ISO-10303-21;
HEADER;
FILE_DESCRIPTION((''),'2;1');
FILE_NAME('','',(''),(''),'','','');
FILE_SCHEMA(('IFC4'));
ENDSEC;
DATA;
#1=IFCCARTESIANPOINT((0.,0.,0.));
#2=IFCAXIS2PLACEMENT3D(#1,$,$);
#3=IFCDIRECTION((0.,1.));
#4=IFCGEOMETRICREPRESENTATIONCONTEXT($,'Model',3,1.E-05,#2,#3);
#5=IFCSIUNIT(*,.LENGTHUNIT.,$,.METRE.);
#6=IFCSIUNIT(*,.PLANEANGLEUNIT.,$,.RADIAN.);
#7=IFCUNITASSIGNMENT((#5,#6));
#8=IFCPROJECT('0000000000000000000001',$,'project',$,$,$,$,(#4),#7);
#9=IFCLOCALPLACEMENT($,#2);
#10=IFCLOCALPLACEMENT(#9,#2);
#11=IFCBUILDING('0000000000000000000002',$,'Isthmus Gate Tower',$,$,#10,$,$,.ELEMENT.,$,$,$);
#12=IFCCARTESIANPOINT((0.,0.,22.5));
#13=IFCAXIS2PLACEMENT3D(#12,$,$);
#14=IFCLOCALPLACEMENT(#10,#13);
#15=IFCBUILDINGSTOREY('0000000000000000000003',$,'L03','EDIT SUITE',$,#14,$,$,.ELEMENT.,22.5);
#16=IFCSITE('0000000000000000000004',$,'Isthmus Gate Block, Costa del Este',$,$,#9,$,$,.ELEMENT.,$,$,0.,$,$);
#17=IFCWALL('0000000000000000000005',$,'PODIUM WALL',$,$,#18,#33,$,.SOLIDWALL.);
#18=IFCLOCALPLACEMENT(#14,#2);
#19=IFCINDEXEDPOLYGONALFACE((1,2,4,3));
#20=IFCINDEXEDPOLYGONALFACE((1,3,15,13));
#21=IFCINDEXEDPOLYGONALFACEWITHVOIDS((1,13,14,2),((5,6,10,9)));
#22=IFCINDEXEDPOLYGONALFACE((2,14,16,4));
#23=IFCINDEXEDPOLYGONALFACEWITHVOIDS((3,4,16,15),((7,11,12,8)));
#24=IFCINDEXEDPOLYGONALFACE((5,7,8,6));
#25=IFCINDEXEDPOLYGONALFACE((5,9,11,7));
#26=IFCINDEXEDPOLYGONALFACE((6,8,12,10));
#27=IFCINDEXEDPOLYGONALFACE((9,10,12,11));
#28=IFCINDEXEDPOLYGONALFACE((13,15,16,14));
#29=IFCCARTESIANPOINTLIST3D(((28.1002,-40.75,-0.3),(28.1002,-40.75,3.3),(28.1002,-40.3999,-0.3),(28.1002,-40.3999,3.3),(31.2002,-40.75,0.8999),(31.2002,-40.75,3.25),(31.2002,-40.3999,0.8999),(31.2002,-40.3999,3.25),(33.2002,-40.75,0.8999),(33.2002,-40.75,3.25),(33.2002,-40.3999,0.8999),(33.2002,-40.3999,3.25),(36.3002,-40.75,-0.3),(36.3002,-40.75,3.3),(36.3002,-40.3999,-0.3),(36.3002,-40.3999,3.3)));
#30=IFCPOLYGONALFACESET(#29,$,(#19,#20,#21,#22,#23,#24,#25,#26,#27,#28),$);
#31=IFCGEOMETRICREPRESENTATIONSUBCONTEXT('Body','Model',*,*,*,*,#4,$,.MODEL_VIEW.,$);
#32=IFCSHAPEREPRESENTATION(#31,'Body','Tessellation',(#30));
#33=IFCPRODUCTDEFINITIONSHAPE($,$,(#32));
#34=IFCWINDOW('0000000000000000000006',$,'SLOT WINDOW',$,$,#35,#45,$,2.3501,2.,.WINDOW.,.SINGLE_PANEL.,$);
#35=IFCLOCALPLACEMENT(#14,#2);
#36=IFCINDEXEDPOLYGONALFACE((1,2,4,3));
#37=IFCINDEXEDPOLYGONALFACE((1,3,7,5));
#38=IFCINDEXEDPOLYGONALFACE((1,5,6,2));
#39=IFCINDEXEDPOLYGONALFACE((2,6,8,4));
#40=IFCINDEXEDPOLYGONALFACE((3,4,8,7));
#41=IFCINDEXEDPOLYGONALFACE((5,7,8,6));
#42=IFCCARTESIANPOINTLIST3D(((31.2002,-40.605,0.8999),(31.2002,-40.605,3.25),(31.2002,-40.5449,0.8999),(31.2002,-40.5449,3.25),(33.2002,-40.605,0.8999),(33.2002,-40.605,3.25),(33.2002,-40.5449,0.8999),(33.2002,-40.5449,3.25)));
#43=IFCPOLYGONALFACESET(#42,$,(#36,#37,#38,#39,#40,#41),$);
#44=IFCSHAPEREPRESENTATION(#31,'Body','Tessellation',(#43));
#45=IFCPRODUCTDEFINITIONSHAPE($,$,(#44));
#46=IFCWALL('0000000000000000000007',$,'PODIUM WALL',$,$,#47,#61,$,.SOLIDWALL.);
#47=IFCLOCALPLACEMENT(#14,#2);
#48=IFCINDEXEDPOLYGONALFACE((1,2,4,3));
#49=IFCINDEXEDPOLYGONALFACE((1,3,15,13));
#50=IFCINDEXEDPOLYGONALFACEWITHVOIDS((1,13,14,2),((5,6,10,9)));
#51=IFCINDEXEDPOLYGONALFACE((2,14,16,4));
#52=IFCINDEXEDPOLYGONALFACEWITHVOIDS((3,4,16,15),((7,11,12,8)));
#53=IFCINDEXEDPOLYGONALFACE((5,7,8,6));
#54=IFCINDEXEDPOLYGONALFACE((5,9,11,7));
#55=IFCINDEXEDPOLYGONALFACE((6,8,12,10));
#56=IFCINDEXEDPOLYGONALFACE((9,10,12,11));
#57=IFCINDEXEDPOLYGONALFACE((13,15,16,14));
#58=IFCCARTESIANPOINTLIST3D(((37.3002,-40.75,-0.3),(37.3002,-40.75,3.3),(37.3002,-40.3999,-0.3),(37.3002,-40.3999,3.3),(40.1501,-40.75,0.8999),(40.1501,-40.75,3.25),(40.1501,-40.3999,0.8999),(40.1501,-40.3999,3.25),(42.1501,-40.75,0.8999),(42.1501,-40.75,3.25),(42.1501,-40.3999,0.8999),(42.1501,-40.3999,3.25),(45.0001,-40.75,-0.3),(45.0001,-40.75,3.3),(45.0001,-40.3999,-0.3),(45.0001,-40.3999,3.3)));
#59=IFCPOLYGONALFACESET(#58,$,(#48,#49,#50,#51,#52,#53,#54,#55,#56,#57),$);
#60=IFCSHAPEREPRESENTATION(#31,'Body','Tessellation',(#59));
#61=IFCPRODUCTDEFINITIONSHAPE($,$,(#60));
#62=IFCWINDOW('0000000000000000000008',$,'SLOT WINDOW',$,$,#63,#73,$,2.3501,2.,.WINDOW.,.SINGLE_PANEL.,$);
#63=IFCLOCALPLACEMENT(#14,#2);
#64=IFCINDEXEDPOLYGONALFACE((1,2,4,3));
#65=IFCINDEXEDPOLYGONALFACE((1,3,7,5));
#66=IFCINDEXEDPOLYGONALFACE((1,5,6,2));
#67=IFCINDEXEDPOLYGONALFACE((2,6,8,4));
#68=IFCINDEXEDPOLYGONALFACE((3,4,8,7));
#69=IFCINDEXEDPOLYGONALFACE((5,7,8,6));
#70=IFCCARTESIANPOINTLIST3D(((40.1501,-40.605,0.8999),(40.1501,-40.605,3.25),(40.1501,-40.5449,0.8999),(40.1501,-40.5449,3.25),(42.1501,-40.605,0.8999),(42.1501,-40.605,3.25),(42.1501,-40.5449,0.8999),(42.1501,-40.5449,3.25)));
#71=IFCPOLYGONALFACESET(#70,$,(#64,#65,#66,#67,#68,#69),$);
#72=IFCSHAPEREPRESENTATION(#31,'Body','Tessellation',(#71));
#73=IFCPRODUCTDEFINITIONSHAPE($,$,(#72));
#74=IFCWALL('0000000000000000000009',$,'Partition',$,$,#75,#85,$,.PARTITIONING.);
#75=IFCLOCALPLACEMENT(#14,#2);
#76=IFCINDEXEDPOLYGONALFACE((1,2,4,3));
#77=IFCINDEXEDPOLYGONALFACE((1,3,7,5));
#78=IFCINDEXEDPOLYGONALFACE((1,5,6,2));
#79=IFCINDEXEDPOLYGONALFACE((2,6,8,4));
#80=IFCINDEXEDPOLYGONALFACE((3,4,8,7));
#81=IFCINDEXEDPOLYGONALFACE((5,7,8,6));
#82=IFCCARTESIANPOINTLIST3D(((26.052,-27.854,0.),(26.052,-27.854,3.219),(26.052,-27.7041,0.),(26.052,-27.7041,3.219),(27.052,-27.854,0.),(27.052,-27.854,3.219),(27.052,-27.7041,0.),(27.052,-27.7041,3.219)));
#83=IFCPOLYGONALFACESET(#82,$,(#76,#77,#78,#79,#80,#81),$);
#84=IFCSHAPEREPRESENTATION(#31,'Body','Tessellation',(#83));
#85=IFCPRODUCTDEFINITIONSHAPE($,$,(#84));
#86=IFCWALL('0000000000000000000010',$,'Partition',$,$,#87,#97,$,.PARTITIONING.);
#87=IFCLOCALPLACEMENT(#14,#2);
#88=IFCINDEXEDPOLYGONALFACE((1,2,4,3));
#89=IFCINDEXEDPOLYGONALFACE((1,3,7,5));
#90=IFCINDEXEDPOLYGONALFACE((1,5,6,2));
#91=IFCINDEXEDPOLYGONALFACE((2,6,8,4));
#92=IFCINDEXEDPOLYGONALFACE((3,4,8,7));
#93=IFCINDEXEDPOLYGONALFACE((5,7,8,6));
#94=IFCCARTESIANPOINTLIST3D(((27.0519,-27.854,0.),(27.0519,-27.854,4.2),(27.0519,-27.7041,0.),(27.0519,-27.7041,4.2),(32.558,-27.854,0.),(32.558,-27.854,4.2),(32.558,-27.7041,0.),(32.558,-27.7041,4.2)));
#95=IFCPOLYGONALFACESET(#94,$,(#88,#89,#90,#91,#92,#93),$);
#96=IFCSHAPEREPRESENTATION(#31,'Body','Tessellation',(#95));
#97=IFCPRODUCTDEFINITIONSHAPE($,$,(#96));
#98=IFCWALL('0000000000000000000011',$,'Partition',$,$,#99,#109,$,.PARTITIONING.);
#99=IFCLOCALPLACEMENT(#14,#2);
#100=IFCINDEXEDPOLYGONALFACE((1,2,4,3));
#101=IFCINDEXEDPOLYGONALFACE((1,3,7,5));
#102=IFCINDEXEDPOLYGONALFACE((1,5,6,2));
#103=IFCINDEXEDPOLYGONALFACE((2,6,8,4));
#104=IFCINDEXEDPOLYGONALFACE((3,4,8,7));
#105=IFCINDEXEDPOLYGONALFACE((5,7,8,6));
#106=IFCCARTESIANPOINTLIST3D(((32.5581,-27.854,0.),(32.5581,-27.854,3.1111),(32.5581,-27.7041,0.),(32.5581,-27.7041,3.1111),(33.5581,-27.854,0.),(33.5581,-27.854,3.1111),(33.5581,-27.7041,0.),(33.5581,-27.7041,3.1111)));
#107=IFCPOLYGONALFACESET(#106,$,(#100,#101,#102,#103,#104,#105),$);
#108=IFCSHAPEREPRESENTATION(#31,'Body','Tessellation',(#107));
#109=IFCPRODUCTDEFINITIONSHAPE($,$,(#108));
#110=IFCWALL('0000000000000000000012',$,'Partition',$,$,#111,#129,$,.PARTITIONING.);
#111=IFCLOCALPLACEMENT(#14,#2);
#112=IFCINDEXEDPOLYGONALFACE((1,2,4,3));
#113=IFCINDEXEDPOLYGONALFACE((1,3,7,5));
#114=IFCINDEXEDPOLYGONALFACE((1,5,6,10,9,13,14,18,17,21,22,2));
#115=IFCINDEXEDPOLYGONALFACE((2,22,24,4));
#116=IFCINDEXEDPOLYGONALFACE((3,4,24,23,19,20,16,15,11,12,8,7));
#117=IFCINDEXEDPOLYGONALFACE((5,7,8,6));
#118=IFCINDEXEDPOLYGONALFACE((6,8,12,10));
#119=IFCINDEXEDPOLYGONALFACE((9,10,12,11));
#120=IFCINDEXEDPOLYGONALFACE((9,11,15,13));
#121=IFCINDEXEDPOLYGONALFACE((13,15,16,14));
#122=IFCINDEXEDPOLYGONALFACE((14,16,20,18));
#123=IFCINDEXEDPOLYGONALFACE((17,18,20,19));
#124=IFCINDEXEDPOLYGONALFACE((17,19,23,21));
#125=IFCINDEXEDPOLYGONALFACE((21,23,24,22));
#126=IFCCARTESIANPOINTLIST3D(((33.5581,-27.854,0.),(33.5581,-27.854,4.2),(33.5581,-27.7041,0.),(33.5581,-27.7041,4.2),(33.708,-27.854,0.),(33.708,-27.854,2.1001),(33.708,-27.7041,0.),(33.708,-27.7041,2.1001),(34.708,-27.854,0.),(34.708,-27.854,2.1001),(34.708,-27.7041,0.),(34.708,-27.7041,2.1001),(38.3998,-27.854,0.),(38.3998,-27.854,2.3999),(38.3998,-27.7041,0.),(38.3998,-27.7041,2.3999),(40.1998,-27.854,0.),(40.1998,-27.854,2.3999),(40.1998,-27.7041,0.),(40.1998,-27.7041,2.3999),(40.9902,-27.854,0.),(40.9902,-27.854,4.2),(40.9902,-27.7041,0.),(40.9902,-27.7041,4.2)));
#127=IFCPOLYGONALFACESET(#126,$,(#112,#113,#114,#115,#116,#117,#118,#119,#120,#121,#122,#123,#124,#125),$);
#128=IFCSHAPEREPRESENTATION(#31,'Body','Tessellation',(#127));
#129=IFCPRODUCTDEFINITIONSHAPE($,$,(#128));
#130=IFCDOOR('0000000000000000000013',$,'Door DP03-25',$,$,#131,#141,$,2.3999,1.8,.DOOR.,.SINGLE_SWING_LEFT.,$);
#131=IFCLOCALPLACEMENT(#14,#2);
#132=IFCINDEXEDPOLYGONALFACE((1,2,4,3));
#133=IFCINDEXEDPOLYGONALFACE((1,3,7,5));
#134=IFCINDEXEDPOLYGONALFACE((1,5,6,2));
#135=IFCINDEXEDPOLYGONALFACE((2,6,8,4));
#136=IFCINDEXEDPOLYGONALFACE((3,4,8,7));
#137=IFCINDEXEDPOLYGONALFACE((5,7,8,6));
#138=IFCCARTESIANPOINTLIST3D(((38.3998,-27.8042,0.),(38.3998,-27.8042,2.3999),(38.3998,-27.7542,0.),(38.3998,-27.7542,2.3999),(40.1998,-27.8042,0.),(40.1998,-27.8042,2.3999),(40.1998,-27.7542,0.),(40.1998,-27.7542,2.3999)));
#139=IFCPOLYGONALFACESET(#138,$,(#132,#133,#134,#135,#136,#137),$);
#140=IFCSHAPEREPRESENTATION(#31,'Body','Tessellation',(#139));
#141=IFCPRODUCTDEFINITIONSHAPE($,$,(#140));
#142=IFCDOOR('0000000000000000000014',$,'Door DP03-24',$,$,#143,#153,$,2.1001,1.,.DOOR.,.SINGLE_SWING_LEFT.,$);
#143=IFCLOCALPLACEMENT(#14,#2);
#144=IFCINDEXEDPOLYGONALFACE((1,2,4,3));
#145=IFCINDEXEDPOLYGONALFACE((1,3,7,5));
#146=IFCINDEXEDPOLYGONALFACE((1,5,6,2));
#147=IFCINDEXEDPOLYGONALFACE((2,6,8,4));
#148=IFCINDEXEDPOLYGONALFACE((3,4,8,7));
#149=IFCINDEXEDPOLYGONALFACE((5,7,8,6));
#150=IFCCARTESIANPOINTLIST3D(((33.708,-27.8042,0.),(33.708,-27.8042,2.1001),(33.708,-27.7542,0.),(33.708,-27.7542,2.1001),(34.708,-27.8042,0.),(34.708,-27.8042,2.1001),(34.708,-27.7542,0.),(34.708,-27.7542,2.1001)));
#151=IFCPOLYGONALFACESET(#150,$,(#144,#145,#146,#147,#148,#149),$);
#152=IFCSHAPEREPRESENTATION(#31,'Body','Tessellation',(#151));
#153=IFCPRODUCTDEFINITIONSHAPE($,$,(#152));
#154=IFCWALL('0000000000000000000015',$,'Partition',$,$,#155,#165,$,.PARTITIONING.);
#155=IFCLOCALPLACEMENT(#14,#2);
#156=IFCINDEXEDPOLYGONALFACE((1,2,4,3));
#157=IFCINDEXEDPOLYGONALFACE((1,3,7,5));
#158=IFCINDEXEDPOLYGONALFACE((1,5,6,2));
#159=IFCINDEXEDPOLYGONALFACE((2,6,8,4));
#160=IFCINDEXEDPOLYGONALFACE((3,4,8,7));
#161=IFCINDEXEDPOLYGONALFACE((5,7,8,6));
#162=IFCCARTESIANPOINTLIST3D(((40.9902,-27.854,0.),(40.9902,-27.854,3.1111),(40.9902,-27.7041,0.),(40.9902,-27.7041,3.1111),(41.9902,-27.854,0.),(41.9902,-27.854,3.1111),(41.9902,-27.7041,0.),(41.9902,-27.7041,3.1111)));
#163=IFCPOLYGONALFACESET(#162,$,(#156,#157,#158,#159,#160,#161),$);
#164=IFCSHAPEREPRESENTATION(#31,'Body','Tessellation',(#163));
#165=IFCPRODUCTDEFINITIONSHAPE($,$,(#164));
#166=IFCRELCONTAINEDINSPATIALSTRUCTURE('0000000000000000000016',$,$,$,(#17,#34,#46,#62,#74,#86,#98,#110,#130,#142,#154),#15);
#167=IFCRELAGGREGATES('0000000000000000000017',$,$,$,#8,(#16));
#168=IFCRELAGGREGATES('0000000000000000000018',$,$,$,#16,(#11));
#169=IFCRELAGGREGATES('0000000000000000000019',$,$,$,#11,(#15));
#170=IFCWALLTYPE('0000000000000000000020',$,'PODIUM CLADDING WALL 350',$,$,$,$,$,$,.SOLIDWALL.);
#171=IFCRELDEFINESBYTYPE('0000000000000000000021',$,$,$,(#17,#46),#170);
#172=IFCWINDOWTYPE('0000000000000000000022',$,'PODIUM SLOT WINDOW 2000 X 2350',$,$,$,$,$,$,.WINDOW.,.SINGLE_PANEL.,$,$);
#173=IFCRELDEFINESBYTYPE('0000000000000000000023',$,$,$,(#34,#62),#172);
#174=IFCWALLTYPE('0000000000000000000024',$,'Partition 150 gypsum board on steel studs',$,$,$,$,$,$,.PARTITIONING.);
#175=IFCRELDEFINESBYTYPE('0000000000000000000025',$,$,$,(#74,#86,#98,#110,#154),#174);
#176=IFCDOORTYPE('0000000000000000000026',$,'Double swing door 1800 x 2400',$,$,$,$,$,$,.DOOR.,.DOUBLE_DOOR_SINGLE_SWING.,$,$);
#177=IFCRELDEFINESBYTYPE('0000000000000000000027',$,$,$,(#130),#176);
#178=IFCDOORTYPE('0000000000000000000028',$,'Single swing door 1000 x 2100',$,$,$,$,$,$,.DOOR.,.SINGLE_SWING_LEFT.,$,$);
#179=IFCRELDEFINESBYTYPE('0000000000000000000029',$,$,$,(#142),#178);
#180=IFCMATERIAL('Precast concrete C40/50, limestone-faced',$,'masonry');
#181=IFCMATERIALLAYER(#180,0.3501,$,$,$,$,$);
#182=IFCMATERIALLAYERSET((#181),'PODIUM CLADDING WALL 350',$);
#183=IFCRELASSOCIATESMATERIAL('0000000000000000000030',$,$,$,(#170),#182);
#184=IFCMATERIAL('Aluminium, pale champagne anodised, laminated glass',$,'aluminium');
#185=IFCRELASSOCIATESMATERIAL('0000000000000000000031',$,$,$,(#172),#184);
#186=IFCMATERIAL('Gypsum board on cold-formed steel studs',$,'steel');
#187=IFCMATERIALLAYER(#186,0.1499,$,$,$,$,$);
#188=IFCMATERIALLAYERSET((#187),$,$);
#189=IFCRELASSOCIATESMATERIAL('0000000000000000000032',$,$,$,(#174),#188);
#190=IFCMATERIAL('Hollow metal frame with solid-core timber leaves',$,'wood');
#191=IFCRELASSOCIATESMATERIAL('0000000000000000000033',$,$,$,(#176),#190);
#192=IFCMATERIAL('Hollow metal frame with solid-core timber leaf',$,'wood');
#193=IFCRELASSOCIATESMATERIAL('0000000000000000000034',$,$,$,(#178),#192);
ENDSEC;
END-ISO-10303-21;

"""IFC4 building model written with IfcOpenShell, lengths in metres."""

from ifc_helpers import new_model, si_unit, direction, frame, frame_2d, origin, place, context, subcontext, project, spatial, rectangle, extrude, material, layer, layer_set, type_object, element, fill, save


model = new_model("IFC4")

# Units and contexts
model_context = context("Model", 3, precision=1e-05, world=origin(), true_north=direction((0.0, 1.0)))
body_context = subcontext(model_context, "Body", "Model", "MODEL_VIEW")
ifc_project = project(units=[si_unit("LENGTHUNIT", "METRE"), si_unit("PLANEANGLEUNIT", "RADIAN")], contexts=[model_context])

# Site, building, storey
site_placement = place(None, origin())
site = spatial("IfcSite", under=ifc_project, at=site_placement, Name="Isthmus Gate Block, Costa del Este", CompositionType="ELEMENT", RefElevation=0.0)
building_placement = place(site_placement, origin())
building = spatial("IfcBuilding", under=site, at=building_placement, Name="Isthmus Gate Tower", CompositionType="ELEMENT")
storey_placement = place(building_placement, frame((0.0, 0.0, 22.5)))
storey = spatial("IfcBuildingStorey", under=building, at=storey_placement, Name="L03", Description="EDIT SUITE", CompositionType="ELEMENT", Elevation=22.5)

# Walls, openings, windows
ifc_material_1 = material(Name="Precast concrete C40/50, limestone-faced", Category="masonry")
ifc_layer_1 = layer(ifc_material_1, 0.3501)
ifc_layer_set_1 = layer_set([ifc_layer_1], Name="PODIUM CLADDING WALL 350")
wall_type_1 = type_object("IfcWallType", Name="PODIUM CLADDING WALL 350", PredefinedType="SOLIDWALL", material=ifc_layer_set_1)
wall_1_placement = place(storey_placement, frame((28.1001, -40.575, -0.3), z_axis=(0.0, 0.0, 1.0), x_axis=(1.0, 0.0, 0.0)))
wall_1 = element("IfcWall", 1, at=wall_1_placement, inside=storey, type_object=wall_type_1, Name="PODIUM WALL", PredefinedType="SOLIDWALL", context=body_context, shape_type="SweptSolid", body=[
    extrude(rectangle(XDim=8.2, YDim=0.3501, at=frame_2d((4.1001, 0.0))), origin(), (0.0, 0.0, 1.0), 3.6001),
])
opening_1_placement = place(wall_1_placement, frame((3.1001, 0.0, 1.2)))
opening_1 = element("IfcOpeningElement", 2, at=opening_1_placement, cuts=wall_1, PredefinedType="OPENING", context=body_context, shape_type="SweptSolid", body=[
    extrude(rectangle(XDim=2.0, YDim=2.3501, at=frame_2d((1.0, 1.175))), frame((0.0, 0.1851, 0.0), z_axis=(0.0, -1.0, 0.0), x_axis=(1.0, 0.0, 0.0)), (0.0, 0.0, 1.0), 0.3701),
])
ifc_material_2 = material(Name="Aluminium, pale champagne anodised, laminated glass", Category="aluminium")
window_type = type_object("IfcWindowType", Name="PODIUM SLOT WINDOW 2000 X 2350", PartitioningType="SINGLE_PANEL", PredefinedType="WINDOW", material=ifc_material_2)
window_1_placement = place(opening_1_placement, origin())
window_1 = element("IfcWindow", 3, at=window_1_placement, inside=storey, type_object=window_type, Name="SLOT WINDOW", OverallHeight=2.3501, OverallWidth=2.0, PartitioningType="SINGLE_PANEL", PredefinedType="WINDOW", context=body_context, shape_type="SweptSolid", body=[
    extrude(rectangle(XDim=2.0, YDim=2.3501, at=frame_2d((1.0, 1.175))), frame((0.0, 0.03, 0.0), z_axis=(0.0, -1.0, 0.0), x_axis=(1.0, 0.0, 0.0)), (0.0, 0.0, 1.0), 0.0601),
])
fill(opening_1, window_1)
wall_2_placement = place(storey_placement, frame((37.3, -40.575, -0.3), z_axis=(0.0, 0.0, 1.0), x_axis=(1.0, 0.0, 0.0)))
wall_2 = element("IfcWall", 4, at=wall_2_placement, inside=storey, type_object=wall_type_1, Name="PODIUM WALL", PredefinedType="SOLIDWALL", context=body_context, shape_type="SweptSolid", body=[
    extrude(rectangle(XDim=7.7, YDim=0.3501, at=frame_2d((3.8501, 0.0))), origin(), (0.0, 0.0, 1.0), 3.6001),
])
opening_2_placement = place(wall_2_placement, frame((2.8501, 0.0, 1.2)))
opening_2 = element("IfcOpeningElement", 5, at=opening_2_placement, cuts=wall_2, PredefinedType="OPENING", context=body_context, shape_type="SweptSolid", body=[
    extrude(rectangle(XDim=2.0, YDim=2.3501, at=frame_2d((1.0, 1.175))), frame((0.0, 0.1851, 0.0), z_axis=(0.0, -1.0, 0.0), x_axis=(1.0, 0.0, 0.0)), (0.0, 0.0, 1.0), 0.3701),
])
window_2_placement = place(opening_2_placement, origin())
window_2 = element("IfcWindow", 6, at=window_2_placement, inside=storey, type_object=window_type, Name="SLOT WINDOW", OverallHeight=2.3501, OverallWidth=2.0, PartitioningType="SINGLE_PANEL", PredefinedType="WINDOW", context=body_context, shape_type="SweptSolid", body=[
    extrude(rectangle(XDim=2.0, YDim=2.3501, at=frame_2d((1.0, 1.175))), frame((0.0, 0.03, 0.0), z_axis=(0.0, -1.0, 0.0), x_axis=(1.0, 0.0, 0.0)), (0.0, 0.0, 1.0), 0.0601),
])
fill(opening_2, window_2)

# Walls
ifc_material_3 = material(Name="Gypsum board on cold-formed steel studs", Category="steel")
ifc_layer_2 = layer(ifc_material_3, 0.1499)
ifc_layer_set_2 = layer_set([ifc_layer_2])
wall_type_2 = type_object("IfcWallType", Name="Partition 150 gypsum board on steel studs", PredefinedType="PARTITIONING", material=ifc_layer_set_2)
wall_3_placement = place(storey_placement, frame((26.052, -27.7791, 0.0), z_axis=(0.0, 0.0, 1.0), x_axis=(1.0, 0.0, 0.0)))
element("IfcWall", 7, at=wall_3_placement, inside=storey, type_object=wall_type_2, Name="Partition", PredefinedType="PARTITIONING", context=body_context, shape_type="SweptSolid", body=[
    extrude(rectangle(XDim=1.0, YDim=0.1499, at=frame_2d((0.5, 0.0))), origin(), (0.0, 0.0, 1.0), 3.219),
])
wall_4_placement = place(storey_placement, frame((27.052, -27.7791, 0.0), z_axis=(0.0, 0.0, 1.0), x_axis=(1.0, 0.0, 0.0)))
element("IfcWall", 8, at=wall_4_placement, inside=storey, type_object=wall_type_2, Name="Partition", PredefinedType="PARTITIONING", context=body_context, shape_type="SweptSolid", body=[
    extrude(rectangle(XDim=5.5061, YDim=0.1499, at=frame_2d((2.7529, 0.0))), origin(), (0.0, 0.0, 1.0), 4.2),
])
wall_5_placement = place(storey_placement, frame((32.5581, -27.7791, 0.0), z_axis=(0.0, 0.0, 1.0), x_axis=(1.0, 0.0, 0.0)))
element("IfcWall", 9, at=wall_5_placement, inside=storey, type_object=wall_type_2, Name="Partition", PredefinedType="PARTITIONING", context=body_context, shape_type="SweptSolid", body=[
    extrude(rectangle(XDim=1.0, YDim=0.1499, at=frame_2d((0.5, 0.0))), origin(), (0.0, 0.0, 1.0), 3.1111),
])

# Wall, openings, doors
wall_6_placement = place(storey_placement, frame((33.5581, -27.7791, 0.0), z_axis=(0.0, 0.0, 1.0), x_axis=(1.0, 0.0, 0.0)))
wall_6 = element("IfcWall", 10, at=wall_6_placement, inside=storey, type_object=wall_type_2, Name="Partition", PredefinedType="PARTITIONING", context=body_context, shape_type="SweptSolid", body=[
    extrude(rectangle(XDim=7.4321, YDim=0.1499, at=frame_2d((3.7161, 0.0))), origin(), (0.0, 0.0, 1.0), 4.2),
])
opening_3_placement = place(wall_6_placement, frame((0.1499, 0.0, 0.0)))
opening_3 = element("IfcOpeningElement", 11, at=opening_3_placement, cuts=wall_6, PredefinedType="OPENING", context=body_context, shape_type="SweptSolid", body=[
    extrude(rectangle(XDim=1.0, YDim=2.1001, at=frame_2d((0.5, 1.05))), frame((0.0, 0.085, 0.0), z_axis=(0.0, -1.0, 0.0), x_axis=(1.0, 0.0, 0.0)), (0.0, 0.0, 1.0), 0.1699),
])
opening_4_placement = place(wall_6_placement, frame((4.8418, 0.0, 0.0)))
opening_4 = element("IfcOpeningElement", 12, at=opening_4_placement, cuts=wall_6, PredefinedType="OPENING", context=body_context, shape_type="SweptSolid", body=[
    extrude(rectangle(XDim=1.8, YDim=2.3999, at=frame_2d((0.8999, 1.2))), frame((0.0, 0.085, 0.0), z_axis=(0.0, -1.0, 0.0), x_axis=(1.0, 0.0, 0.0)), (0.0, 0.0, 1.0), 0.1699),
])
ifc_material_4 = material(Name="Hollow metal frame with solid-core timber leaves", Category="wood")
door_type_1 = type_object("IfcDoorType", Name="Double swing door 1800 x 2400", OperationType="DOUBLE_DOOR_SINGLE_SWING", PredefinedType="DOOR", material=ifc_material_4)
door_1_placement = place(opening_4_placement, origin())
door_1 = element("IfcDoor", 13, at=door_1_placement, inside=storey, type_object=door_type_1, Name="Door DP03-25", OperationType="SINGLE_SWING_LEFT", OverallHeight=2.3999, OverallWidth=1.8, PredefinedType="DOOR", context=body_context, shape_type="SweptSolid", body=[
    extrude(rectangle(XDim=1.8, YDim=2.3999, at=frame_2d((0.8999, 1.2))), frame((0.0, 0.0249, 0.0), z_axis=(0.0, -1.0, 0.0), x_axis=(1.0, 0.0, 0.0)), (0.0, 0.0, 1.0), 0.05),
])
fill(opening_4, door_1)
ifc_material_5 = material(Name="Hollow metal frame with solid-core timber leaf", Category="wood")
door_type_2 = type_object("IfcDoorType", Name="Single swing door 1000 x 2100", OperationType="SINGLE_SWING_LEFT", PredefinedType="DOOR", material=ifc_material_5)
door_2_placement = place(opening_3_placement, origin())
door_2 = element("IfcDoor", 14, at=door_2_placement, inside=storey, type_object=door_type_2, Name="Door DP03-24", OperationType="SINGLE_SWING_LEFT", OverallHeight=2.1001, OverallWidth=1.0, PredefinedType="DOOR", context=body_context, shape_type="SweptSolid", body=[
    extrude(rectangle(XDim=1.0, YDim=2.1001, at=frame_2d((0.5, 1.05))), frame((0.0, 0.0249, 0.0), z_axis=(0.0, -1.0, 0.0), x_axis=(1.0, 0.0, 0.0)), (0.0, 0.0, 1.0), 0.05),
])
fill(opening_3, door_2)

# Wall
wall_7_placement = place(storey_placement, frame((40.9902, -27.7791, 0.0), z_axis=(0.0, 0.0, 1.0), x_axis=(1.0, 0.0, 0.0)))
element("IfcWall", 15, at=wall_7_placement, inside=storey, type_object=wall_type_2, Name="Partition", PredefinedType="PARTITIONING", context=body_context, shape_type="SweptSolid", body=[
    extrude(rectangle(XDim=1.0, YDim=0.1499, at=frame_2d((0.5, 0.0))), origin(), (0.0, 0.0, 1.0), 3.1111),
])

save(model, "model.ifc")
